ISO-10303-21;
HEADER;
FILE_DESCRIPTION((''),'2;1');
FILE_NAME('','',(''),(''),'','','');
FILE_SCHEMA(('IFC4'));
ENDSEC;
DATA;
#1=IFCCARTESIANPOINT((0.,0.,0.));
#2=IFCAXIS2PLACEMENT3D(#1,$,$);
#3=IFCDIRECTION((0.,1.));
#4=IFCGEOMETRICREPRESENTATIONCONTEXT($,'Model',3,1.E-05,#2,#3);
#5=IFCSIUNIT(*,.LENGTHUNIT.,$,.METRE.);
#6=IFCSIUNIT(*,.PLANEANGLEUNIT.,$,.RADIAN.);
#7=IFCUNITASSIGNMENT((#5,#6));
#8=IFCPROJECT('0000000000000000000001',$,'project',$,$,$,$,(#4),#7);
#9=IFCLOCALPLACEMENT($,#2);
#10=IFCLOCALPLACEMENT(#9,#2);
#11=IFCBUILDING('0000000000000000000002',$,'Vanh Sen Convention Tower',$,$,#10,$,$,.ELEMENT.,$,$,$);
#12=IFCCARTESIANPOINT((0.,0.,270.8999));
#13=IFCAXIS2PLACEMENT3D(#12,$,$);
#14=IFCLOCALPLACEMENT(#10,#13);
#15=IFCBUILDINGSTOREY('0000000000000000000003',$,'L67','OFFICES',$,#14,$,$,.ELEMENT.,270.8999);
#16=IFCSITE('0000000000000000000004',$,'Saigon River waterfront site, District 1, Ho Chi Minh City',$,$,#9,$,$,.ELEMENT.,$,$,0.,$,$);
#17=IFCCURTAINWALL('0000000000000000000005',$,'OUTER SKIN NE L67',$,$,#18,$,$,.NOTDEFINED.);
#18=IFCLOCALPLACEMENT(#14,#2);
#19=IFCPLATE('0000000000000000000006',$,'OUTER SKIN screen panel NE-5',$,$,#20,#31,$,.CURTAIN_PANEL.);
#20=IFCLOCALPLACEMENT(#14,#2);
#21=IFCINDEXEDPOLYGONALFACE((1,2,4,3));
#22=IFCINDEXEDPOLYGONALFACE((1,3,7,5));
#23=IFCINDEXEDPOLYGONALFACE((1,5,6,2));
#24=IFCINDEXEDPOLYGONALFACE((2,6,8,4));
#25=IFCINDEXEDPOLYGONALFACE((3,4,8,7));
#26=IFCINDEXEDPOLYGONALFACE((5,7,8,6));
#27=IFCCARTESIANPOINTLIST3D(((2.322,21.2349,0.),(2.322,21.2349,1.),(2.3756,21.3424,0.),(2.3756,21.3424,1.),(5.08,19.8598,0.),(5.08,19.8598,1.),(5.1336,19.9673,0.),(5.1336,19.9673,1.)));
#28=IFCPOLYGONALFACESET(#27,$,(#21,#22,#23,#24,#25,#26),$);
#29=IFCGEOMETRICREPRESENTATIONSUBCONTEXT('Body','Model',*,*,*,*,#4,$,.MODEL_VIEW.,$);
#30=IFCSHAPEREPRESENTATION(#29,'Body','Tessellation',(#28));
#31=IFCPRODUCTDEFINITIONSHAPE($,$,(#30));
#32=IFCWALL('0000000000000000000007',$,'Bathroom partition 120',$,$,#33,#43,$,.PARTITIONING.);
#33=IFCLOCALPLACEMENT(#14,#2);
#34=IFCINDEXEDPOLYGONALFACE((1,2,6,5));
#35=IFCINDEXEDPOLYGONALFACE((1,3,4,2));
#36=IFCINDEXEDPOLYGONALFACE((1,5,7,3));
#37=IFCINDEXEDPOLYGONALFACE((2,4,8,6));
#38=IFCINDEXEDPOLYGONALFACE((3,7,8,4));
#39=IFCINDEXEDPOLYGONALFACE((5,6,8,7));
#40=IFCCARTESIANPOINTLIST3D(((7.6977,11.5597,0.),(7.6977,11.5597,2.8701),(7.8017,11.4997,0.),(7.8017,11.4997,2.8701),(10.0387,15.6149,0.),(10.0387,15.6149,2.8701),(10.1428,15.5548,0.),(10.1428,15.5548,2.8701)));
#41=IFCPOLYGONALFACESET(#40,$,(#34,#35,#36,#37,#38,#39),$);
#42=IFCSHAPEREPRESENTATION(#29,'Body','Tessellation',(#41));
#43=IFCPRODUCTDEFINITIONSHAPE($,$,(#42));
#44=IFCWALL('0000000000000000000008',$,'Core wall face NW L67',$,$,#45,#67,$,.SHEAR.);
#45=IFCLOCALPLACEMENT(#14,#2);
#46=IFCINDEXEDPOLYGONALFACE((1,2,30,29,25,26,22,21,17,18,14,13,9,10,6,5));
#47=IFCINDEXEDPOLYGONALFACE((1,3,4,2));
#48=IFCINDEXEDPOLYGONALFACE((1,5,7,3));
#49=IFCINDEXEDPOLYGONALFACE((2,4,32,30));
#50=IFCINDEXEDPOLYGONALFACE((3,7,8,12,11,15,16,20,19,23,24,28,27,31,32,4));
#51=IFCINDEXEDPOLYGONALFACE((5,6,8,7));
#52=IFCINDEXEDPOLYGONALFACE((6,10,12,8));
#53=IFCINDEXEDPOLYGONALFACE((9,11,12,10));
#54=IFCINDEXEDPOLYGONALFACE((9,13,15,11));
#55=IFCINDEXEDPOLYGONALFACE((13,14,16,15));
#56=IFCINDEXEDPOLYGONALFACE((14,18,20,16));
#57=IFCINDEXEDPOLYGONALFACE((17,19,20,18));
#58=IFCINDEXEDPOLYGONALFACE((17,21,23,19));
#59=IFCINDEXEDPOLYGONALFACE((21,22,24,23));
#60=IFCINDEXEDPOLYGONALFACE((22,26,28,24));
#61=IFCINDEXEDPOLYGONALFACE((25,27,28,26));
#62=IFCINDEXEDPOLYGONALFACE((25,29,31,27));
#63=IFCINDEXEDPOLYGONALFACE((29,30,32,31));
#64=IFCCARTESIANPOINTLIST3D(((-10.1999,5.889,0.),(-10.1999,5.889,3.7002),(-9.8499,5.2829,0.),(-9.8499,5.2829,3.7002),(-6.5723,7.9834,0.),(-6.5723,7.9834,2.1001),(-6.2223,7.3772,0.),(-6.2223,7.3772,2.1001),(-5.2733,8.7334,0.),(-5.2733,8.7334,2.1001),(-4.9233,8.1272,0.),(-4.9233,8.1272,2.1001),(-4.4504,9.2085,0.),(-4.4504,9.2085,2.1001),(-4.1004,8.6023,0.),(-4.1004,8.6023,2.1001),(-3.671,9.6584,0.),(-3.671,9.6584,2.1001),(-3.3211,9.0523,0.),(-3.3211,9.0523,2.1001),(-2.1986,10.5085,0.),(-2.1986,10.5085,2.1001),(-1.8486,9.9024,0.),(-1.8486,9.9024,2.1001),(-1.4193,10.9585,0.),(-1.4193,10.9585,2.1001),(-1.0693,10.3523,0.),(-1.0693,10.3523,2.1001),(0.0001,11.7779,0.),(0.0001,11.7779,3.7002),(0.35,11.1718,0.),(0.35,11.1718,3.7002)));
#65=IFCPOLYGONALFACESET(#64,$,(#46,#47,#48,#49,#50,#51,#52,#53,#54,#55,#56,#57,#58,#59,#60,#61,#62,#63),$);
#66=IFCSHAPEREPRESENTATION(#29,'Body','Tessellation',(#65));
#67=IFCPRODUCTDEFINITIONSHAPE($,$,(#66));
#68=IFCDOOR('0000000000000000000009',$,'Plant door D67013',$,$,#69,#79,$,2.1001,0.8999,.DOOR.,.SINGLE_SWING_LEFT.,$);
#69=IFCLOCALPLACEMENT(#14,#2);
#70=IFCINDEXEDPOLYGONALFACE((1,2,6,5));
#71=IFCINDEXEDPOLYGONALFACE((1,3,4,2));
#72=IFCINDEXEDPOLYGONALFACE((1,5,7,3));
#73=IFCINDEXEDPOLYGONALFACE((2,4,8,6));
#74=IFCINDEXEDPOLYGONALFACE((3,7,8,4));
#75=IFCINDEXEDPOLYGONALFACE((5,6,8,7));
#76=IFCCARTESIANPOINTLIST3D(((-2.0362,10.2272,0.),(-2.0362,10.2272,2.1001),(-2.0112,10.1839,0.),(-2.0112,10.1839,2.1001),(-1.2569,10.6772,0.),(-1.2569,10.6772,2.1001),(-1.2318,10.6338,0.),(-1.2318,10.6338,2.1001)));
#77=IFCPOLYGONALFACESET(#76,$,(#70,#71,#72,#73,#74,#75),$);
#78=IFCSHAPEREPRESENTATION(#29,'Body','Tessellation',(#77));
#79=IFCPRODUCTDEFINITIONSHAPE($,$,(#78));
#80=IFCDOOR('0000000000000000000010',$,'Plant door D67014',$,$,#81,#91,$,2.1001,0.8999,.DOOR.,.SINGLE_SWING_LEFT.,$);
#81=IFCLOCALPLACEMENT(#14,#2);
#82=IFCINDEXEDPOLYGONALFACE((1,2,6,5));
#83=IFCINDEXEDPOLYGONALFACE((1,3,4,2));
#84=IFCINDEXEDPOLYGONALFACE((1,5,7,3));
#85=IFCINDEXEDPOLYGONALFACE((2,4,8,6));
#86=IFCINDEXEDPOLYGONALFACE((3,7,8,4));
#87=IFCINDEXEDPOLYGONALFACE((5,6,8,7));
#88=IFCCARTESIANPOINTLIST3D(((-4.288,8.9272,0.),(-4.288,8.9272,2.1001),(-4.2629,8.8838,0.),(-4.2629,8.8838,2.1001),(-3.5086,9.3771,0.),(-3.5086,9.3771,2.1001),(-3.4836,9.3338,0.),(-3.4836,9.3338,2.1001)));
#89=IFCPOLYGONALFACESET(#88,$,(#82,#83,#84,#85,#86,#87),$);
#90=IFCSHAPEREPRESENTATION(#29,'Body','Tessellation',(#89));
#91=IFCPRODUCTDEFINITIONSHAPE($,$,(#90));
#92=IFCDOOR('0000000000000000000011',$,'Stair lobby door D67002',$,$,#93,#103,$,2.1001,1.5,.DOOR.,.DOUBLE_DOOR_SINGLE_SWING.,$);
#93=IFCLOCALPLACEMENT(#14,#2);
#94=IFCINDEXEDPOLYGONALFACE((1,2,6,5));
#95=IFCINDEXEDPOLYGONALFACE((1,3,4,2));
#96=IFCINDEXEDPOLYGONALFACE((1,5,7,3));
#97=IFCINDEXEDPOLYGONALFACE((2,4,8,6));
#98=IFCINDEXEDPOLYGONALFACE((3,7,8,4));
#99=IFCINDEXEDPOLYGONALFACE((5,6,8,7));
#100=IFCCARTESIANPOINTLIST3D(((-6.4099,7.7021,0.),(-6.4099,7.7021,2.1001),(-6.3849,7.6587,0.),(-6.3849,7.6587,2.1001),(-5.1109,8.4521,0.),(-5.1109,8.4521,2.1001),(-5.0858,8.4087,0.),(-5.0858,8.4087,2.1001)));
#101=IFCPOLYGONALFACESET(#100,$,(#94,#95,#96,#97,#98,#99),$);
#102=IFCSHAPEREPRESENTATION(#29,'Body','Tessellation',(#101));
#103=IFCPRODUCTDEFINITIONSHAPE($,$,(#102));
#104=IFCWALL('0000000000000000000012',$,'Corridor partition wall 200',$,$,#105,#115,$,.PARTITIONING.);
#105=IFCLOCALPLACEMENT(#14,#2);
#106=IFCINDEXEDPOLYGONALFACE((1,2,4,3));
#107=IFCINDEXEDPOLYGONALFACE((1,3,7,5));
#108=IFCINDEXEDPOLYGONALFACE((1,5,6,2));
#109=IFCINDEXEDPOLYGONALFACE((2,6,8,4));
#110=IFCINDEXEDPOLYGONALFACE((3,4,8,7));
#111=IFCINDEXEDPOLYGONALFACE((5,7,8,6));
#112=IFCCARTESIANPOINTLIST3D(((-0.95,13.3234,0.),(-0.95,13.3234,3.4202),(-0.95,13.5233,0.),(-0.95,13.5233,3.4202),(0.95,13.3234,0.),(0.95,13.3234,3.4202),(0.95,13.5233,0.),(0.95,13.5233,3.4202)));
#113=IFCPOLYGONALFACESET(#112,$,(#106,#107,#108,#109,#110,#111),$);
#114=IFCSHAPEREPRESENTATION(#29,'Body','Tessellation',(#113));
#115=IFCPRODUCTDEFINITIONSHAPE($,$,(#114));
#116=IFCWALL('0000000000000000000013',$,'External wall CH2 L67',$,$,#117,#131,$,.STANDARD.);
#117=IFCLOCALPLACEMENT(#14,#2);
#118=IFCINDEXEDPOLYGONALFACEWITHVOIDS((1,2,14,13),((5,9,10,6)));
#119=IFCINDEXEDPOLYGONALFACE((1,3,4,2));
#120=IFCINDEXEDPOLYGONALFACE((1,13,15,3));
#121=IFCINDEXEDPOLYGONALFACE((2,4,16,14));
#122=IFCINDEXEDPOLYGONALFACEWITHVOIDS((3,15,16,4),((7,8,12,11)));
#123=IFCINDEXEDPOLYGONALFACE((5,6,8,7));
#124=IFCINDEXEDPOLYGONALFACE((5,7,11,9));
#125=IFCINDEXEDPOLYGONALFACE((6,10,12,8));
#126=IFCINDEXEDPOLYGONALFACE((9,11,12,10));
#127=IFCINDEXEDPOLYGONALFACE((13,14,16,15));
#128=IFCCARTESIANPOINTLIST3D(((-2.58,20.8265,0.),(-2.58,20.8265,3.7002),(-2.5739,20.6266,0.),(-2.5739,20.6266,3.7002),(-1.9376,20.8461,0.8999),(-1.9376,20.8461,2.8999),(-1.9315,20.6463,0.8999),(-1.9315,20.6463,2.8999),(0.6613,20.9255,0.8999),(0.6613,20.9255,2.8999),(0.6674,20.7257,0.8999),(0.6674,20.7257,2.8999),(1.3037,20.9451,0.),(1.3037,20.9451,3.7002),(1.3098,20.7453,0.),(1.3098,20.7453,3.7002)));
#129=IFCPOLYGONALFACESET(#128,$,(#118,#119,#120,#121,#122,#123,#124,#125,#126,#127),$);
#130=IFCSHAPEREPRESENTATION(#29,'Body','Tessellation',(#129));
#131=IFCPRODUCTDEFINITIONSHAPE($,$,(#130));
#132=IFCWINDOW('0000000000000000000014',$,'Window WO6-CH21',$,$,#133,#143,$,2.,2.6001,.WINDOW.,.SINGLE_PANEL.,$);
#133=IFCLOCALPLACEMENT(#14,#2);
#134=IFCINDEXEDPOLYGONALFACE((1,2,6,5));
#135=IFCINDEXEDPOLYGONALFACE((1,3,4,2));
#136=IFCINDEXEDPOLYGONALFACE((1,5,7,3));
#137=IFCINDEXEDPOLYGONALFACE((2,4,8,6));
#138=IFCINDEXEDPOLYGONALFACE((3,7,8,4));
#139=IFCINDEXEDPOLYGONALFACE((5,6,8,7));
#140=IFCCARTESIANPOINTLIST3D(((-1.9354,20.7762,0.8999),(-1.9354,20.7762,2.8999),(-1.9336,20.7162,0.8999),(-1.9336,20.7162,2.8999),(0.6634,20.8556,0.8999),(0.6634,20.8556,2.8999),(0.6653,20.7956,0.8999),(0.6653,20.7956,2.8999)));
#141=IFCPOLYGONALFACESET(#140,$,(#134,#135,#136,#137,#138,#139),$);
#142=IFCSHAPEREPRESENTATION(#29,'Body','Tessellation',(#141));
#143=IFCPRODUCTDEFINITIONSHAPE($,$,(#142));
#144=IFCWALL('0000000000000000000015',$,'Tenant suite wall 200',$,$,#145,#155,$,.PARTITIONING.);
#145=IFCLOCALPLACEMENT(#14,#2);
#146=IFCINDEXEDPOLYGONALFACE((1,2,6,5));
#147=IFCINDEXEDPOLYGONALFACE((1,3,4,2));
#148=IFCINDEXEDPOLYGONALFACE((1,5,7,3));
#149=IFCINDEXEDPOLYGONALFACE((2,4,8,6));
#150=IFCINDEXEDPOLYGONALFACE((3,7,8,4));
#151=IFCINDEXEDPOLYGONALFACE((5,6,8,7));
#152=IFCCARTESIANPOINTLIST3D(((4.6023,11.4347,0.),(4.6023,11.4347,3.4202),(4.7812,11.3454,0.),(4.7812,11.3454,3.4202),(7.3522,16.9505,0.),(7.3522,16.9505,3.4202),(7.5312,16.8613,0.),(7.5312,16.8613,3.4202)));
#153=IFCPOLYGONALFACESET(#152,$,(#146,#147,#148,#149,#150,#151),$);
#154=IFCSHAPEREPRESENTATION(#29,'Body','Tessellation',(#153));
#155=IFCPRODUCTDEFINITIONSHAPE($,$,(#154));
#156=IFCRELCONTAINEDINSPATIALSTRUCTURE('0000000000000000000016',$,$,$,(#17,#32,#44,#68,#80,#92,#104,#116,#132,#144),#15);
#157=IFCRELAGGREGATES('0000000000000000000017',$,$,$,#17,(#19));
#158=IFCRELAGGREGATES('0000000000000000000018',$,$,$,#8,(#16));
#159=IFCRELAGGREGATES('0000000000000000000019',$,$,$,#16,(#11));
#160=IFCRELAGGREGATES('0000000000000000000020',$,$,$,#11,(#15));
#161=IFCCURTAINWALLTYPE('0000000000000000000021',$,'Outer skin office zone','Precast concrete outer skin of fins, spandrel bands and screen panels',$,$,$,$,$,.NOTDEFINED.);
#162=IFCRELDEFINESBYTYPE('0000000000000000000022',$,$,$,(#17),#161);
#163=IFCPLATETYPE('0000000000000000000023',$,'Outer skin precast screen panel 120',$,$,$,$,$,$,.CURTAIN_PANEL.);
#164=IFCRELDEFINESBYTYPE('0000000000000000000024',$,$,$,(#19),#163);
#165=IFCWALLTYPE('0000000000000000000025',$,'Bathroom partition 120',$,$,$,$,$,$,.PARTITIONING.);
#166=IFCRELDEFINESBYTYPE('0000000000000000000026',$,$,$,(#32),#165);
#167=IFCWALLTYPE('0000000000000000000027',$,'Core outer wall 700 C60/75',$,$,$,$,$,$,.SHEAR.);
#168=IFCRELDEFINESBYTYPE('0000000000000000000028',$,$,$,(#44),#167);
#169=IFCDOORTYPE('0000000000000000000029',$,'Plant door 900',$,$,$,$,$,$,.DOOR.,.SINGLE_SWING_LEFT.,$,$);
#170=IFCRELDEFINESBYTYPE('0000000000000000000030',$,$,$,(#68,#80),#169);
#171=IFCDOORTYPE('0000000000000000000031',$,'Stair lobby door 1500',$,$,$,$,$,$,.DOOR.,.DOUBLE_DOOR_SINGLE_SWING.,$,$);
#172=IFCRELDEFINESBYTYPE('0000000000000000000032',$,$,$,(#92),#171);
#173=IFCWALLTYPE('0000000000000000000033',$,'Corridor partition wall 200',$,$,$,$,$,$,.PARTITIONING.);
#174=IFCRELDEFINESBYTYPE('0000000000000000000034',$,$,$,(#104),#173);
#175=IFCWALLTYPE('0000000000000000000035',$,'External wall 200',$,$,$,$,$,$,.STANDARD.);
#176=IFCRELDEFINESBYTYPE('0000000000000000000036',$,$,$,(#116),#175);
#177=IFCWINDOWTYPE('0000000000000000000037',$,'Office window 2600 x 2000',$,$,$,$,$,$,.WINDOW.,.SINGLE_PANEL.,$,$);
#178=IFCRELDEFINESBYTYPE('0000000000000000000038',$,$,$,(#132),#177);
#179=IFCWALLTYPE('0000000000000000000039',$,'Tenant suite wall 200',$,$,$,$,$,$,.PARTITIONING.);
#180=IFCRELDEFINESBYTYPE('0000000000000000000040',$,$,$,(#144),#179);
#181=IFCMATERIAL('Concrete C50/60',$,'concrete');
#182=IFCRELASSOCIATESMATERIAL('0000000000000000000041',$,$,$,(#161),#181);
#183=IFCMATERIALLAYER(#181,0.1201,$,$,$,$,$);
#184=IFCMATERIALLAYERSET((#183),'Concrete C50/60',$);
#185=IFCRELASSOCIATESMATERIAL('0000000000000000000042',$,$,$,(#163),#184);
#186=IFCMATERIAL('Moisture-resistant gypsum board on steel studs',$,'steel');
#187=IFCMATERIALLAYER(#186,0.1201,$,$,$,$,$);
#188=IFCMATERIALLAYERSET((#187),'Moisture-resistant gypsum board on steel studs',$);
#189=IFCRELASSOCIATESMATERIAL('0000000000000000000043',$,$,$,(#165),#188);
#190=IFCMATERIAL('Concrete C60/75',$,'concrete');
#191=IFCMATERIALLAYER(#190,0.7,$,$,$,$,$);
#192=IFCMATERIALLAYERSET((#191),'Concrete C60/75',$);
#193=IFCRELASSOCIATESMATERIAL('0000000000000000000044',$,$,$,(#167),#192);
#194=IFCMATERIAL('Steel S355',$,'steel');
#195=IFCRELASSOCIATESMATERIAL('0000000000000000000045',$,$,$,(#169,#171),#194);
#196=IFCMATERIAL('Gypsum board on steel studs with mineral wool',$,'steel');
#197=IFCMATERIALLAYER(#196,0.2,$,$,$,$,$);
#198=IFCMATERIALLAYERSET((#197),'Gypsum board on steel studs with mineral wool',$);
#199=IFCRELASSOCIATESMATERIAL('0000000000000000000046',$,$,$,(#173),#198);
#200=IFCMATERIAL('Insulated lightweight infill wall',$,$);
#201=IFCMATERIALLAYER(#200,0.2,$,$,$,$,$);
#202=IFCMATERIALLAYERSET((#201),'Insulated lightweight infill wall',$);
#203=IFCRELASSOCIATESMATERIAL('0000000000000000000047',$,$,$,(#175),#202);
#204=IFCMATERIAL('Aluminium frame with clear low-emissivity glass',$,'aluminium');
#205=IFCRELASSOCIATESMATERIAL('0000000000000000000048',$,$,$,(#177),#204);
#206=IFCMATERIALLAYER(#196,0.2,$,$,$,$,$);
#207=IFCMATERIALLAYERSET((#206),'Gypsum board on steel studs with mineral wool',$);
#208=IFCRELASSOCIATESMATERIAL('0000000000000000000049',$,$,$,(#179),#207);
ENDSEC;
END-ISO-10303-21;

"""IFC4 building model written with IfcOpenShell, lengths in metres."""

from ifc_helpers import new_model, si_unit, direction, frame, frame_2d, origin, origin_2d, place, context, subcontext, project, spatial, rectangle, extrude, material, layer, layer_set, type_object, element, fill, aggregate, save


model = new_model("IFC4")

# Units and contexts
model_context = context("Model", 3, precision=1e-05, world=origin(), true_north=direction((0.0, 1.0)))
body_context = subcontext(model_context, "Body", "Model", "MODEL_VIEW")
ifc_project = project(units=[si_unit("LENGTHUNIT", "METRE"), si_unit("PLANEANGLEUNIT", "RADIAN")], contexts=[model_context])

# Site, building, storey
site_placement = place(None, origin())
site = spatial("IfcSite", under=ifc_project, at=site_placement, Name="Saigon River waterfront site, District 1, Ho Chi Minh City", CompositionType="ELEMENT", RefElevation=0.0)
building_placement = place(site_placement, origin())
building = spatial("IfcBuilding", under=site, at=building_placement, Name="Vanh Sen Convention Tower", CompositionType="ELEMENT")
storey_placement = place(building_placement, frame((0.0, 0.0, 270.8999)))
storey = spatial("IfcBuildingStorey", under=building, at=storey_placement, Name="L67", Description="OFFICES", CompositionType="ELEMENT", Elevation=270.8999)

# Shared definitions
ifc_material_1 = material(Name="Concrete C60/75", Category="concrete")

# Curtain wall
ifc_material_2 = material(Name="Concrete C50/60", Category="concrete")
curtain_wall_type = type_object("IfcCurtainWallType", Name="Outer skin office zone", Description="Precast concrete outer skin of fins, spandrel bands and screen panels", PredefinedType="NOTDEFINED", material=ifc_material_2)
curtain_wall_1_placement = place(storey_placement, origin())
curtain_wall_1 = element("IfcCurtainWall", 1, at=curtain_wall_1_placement, inside=storey, type_object=curtain_wall_type, Name="OUTER SKIN NE L67", PredefinedType="NOTDEFINED")

# Plate
ifc_layer_1 = layer(ifc_material_2, 0.1201)
ifc_layer_set_1 = layer_set([ifc_layer_1], Name="Concrete C50/60")
plate_type = type_object("IfcPlateType", Name="Outer skin precast screen panel 120", PredefinedType="CURTAIN_PANEL", material=ifc_layer_set_1)
plate_1_placement = place(storey_placement, frame((3.7278, 20.6011, 0.0), z_axis=(0.0, 0.0, 1.0), x_axis=(-0.894931, 0.446204, 0.0)))
plate_1 = element("IfcPlate", 2, at=plate_1_placement, type_object=plate_type, Name="OUTER SKIN screen panel NE-5", PredefinedType="CURTAIN_PANEL", context=body_context, shape_type="SweptSolid", body=[
    extrude(rectangle(XDim=3.0818, YDim=0.1201, at=origin_2d()), origin(), (0.0, 0.0, 1.0), 1.0),
])
aggregate(curtain_wall_1, [plate_1])

# Wall
ifc_material_3 = material(Name="Moisture-resistant gypsum board on steel studs", Category="steel")
ifc_layer_2 = layer(ifc_material_3, 0.1201)
ifc_layer_set_2 = layer_set([ifc_layer_2], Name="Moisture-resistant gypsum board on steel studs")
wall_type_1 = type_object("IfcWallType", Name="Bathroom partition 120", PredefinedType="PARTITIONING", material=ifc_layer_set_2)
wall_1_placement = place(storey_placement, frame((10.0908, 15.585, 0.0), z_axis=(0.0, 0.0, 1.0), x_axis=(-0.499969, -0.866043, 0.0)))
element("IfcWall", 3, at=wall_1_placement, inside=storey, type_object=wall_type_1, Name="Bathroom partition 120", PredefinedType="PARTITIONING", context=body_context, shape_type="SweptSolid", body=[
    extrude(rectangle(XDim=4.6824, YDim=0.1201, at=frame_2d((2.3413, 0.0))), origin(), (0.0, 0.0, 1.0), 2.8701),
])

# Wall, openings, doors
ifc_layer_3 = layer(ifc_material_1, 0.7)
ifc_layer_set_3 = layer_set([ifc_layer_3], Name="Concrete C60/75")
wall_type_2 = type_object("IfcWallType", Name="Core outer wall 700 C60/75", PredefinedType="SHEAR", material=ifc_layer_set_3)
wall_2_placement = place(storey_placement, frame((0.175, 11.4749, 0.0), z_axis=(0.0, 0.0, 1.0), x_axis=(-0.866026, -0.499998, 0.0)))
wall_2 = element("IfcWall", 4, at=wall_2_placement, inside=storey, type_object=wall_type_2, Name="Core wall face NW L67", PredefinedType="SHEAR", context=body_context, shape_type="SweptSolid", body=[
    extrude(rectangle(XDim=11.7778, YDim=0.7, at=frame_2d((5.8889, 0.0))), origin(), (0.0, 0.0, 1.0), 3.7002),
])
opening_1_placement = place(wall_2_placement, frame((6.0891, 0.0, 0.0)))
opening_1 = element("IfcOpeningElement", 5, at=opening_1_placement, cuts=wall_2, PredefinedType="OPENING", context=body_context, shape_type="SweptSolid", body=[
    extrude(rectangle(XDim=1.5, YDim=2.1001, at=frame_2d((0.75, 1.05))), frame((0.0, 0.3599, 0.0), z_axis=(0.0, -1.0, 0.0), x_axis=(1.0, 0.0, 0.0)), (0.0, 0.0, 1.0), 0.72),
])
opening_2_placement = place(wall_2_placement, frame((1.6389, 0.0, 0.0)))
opening_2 = element("IfcOpeningElement", 6, at=opening_2_placement, cuts=wall_2, PredefinedType="OPENING", context=body_context, shape_type="SweptSolid", body=[
    extrude(rectangle(XDim=0.8999, YDim=2.1001, at=frame_2d((0.45, 1.05))), frame((0.0, 0.3599, 0.0), z_axis=(0.0, -1.0, 0.0), x_axis=(1.0, 0.0, 0.0)), (0.0, 0.0, 1.0), 0.72),
])
opening_3_placement = place(wall_2_placement, frame((4.239, 0.0, 0.0)))
opening_3 = element("IfcOpeningElement", 7, at=opening_3_placement, cuts=wall_2, PredefinedType="OPENING", context=body_context, shape_type="SweptSolid", body=[
    extrude(rectangle(XDim=0.8999, YDim=2.1001, at=frame_2d((0.45, 1.05))), frame((0.0, 0.3599, 0.0), z_axis=(0.0, -1.0, 0.0), x_axis=(1.0, 0.0, 0.0)), (0.0, 0.0, 1.0), 0.72),
])
ifc_material_4 = material(Name="Steel S355", Category="steel")
door_type_1 = type_object("IfcDoorType", Name="Plant door 900", OperationType="SINGLE_SWING_LEFT", PredefinedType="DOOR", material=ifc_material_4)
door_1_placement = place(opening_2_placement, origin())
door_1 = element("IfcDoor", 8, at=door_1_placement, inside=storey, type_object=door_type_1, Name="Plant door D67013", OperationType="SINGLE_SWING_LEFT", OverallHeight=2.1001, OverallWidth=0.8999, PredefinedType="DOOR", context=body_context, shape_type="SweptSolid", body=[
    extrude(rectangle(XDim=0.8999, YDim=2.1001, at=frame_2d((0.45, 1.05))), frame((0.0, 0.0249, 0.0), z_axis=(0.0, -1.0, 0.0), x_axis=(1.0, 0.0, 0.0)), (0.0, 0.0, 1.0), 0.05),
])
fill(opening_2, door_1)
door_2_placement = place(opening_3_placement, origin())
door_2 = element("IfcDoor", 9, at=door_2_placement, inside=storey, type_object=door_type_1, Name="Plant door D67014", OperationType="SINGLE_SWING_LEFT", OverallHeight=2.1001, OverallWidth=0.8999, PredefinedType="DOOR", context=body_context, shape_type="SweptSolid", body=[
    extrude(rectangle(XDim=0.8999, YDim=2.1001, at=frame_2d((0.45, 1.05))), frame((0.0, 0.0249, 0.0), z_axis=(0.0, -1.0, 0.0), x_axis=(1.0, 0.0, 0.0)), (0.0, 0.0, 1.0), 0.05),
])
fill(opening_3, door_2)
door_type_2 = type_object("IfcDoorType", Name="Stair lobby door 1500", OperationType="DOUBLE_DOOR_SINGLE_SWING", PredefinedType="DOOR", material=ifc_material_4)
door_3_placement = place(opening_1_placement, origin())
door_3 = element("IfcDoor", 10, at=door_3_placement, inside=storey, type_object=door_type_2, Name="Stair lobby door D67002", OperationType="DOUBLE_DOOR_SINGLE_SWING", OverallHeight=2.1001, OverallWidth=1.5, PredefinedType="DOOR", context=body_context, shape_type="SweptSolid", body=[
    extrude(rectangle(XDim=1.5, YDim=2.1001, at=frame_2d((0.75, 1.05))), frame((0.0, 0.0249, 0.0), z_axis=(0.0, -1.0, 0.0), x_axis=(1.0, 0.0, 0.0)), (0.0, 0.0, 1.0), 0.05),
])
fill(opening_1, door_3)

# Wall
ifc_material_5 = material(Name="Gypsum board on steel studs with mineral wool", Category="steel")
ifc_layer_4 = layer(ifc_material_5, 0.2)
ifc_layer_set_4 = layer_set([ifc_layer_4], Name="Gypsum board on steel studs with mineral wool")
wall_type_3 = type_object("IfcWallType", Name="Corridor partition wall 200", PredefinedType="PARTITIONING", material=ifc_layer_set_4)
wall_3_placement = place(storey_placement, frame((0.95, 13.4233, 0.0), z_axis=(0.0, 0.0, 1.0), x_axis=(-1.0, 0.0, 0.0)))
element("IfcWall", 11, at=wall_3_placement, inside=storey, type_object=wall_type_3, Name="Corridor partition wall 200", PredefinedType="PARTITIONING", context=body_context, shape_type="SweptSolid", body=[
    extrude(rectangle(XDim=1.8999, YDim=0.2, at=frame_2d((0.95, 0.0))), origin(), (0.0, 0.0, 1.0), 3.4202),
])

# Wall, opening, window
ifc_material_6 = material(Name="Insulated lightweight infill wall")
ifc_layer_5 = layer(ifc_material_6, 0.2)
ifc_layer_set_5 = layer_set([ifc_layer_5], Name="Insulated lightweight infill wall")
wall_type_4 = type_object("IfcWallType", Name="External wall 200", PredefinedType="STANDARD", material=ifc_layer_set_5)
wall_4_placement = place(storey_placement, frame((1.3069, 20.8452, 0.0), z_axis=(0.0, 0.0, 1.0), x_axis=(-0.999534, -0.030536, 0.0)))
wall_4 = element("IfcWall", 12, at=wall_4_placement, inside=storey, type_object=wall_type_4, Name="External wall CH2 L67", PredefinedType="STANDARD", context=body_context, shape_type="SweptSolid", body=[
    extrude(rectangle(XDim=3.8855, YDim=0.2, at=frame_2d((1.9429, 0.0))), origin(), (0.0, 0.0, 1.0), 3.7002),
])
opening_4_placement = place(wall_4_placement, frame((0.6428, 0.0, 0.8999)))
opening_4 = element("IfcOpeningElement", 13, at=opening_4_placement, cuts=wall_4, PredefinedType="OPENING", context=body_context, shape_type="SweptSolid", body=[
    extrude(rectangle(XDim=2.6001, YDim=2.0, at=frame_2d((1.3, 1.0))), frame((0.0, 0.1099, 0.0), z_axis=(0.0, -1.0, 0.0), x_axis=(1.0, 0.0, 0.0)), (0.0, 0.0, 1.0), 0.22),
])
ifc_material_7 = material(Name="Aluminium frame with clear low-emissivity glass", Category="aluminium")
window_type = type_object("IfcWindowType", Name="Office window 2600 x 2000", PartitioningType="SINGLE_PANEL", PredefinedType="WINDOW", material=ifc_material_7)
window_placement = place(opening_4_placement, origin())
window = element("IfcWindow", 14, at=window_placement, inside=storey, type_object=window_type, Name="Window WO6-CH21", OverallHeight=2.0, OverallWidth=2.6001, PartitioningType="SINGLE_PANEL", PredefinedType="WINDOW", context=body_context, shape_type="SweptSolid", body=[
    extrude(rectangle(XDim=2.6001, YDim=2.0, at=frame_2d((1.3, 1.0))), frame((0.0, 0.03, 0.0), z_axis=(0.0, -1.0, 0.0), x_axis=(1.0, 0.0, 0.0)), (0.0, 0.0, 1.0), 0.0601),
])
fill(opening_4, window)

# Wall
ifc_layer_6 = layer(ifc_material_5, 0.2)
ifc_layer_set_6 = layer_set([ifc_layer_6], Name="Gypsum board on steel studs with mineral wool")
wall_type_5 = type_object("IfcWallType", Name="Tenant suite wall 200", PredefinedType="PARTITIONING", material=ifc_layer_set_6)
wall_5_placement = place(storey_placement, frame((7.4417, 16.9058, 0.0), z_axis=(0.0, 0.0, 1.0), x_axis=(-0.446183, -0.894942, 0.0)))
element("IfcWall", 15, at=wall_5_placement, inside=storey, type_object=wall_type_5, Name="Tenant suite wall 200", PredefinedType="PARTITIONING", context=body_context, shape_type="SweptSolid", body=[
    extrude(rectangle(XDim=6.1633, YDim=0.2, at=frame_2d((3.0815, 0.0))), origin(), (0.0, 0.0, 1.0), 3.4202),
])

save(model, "model.ifc")
